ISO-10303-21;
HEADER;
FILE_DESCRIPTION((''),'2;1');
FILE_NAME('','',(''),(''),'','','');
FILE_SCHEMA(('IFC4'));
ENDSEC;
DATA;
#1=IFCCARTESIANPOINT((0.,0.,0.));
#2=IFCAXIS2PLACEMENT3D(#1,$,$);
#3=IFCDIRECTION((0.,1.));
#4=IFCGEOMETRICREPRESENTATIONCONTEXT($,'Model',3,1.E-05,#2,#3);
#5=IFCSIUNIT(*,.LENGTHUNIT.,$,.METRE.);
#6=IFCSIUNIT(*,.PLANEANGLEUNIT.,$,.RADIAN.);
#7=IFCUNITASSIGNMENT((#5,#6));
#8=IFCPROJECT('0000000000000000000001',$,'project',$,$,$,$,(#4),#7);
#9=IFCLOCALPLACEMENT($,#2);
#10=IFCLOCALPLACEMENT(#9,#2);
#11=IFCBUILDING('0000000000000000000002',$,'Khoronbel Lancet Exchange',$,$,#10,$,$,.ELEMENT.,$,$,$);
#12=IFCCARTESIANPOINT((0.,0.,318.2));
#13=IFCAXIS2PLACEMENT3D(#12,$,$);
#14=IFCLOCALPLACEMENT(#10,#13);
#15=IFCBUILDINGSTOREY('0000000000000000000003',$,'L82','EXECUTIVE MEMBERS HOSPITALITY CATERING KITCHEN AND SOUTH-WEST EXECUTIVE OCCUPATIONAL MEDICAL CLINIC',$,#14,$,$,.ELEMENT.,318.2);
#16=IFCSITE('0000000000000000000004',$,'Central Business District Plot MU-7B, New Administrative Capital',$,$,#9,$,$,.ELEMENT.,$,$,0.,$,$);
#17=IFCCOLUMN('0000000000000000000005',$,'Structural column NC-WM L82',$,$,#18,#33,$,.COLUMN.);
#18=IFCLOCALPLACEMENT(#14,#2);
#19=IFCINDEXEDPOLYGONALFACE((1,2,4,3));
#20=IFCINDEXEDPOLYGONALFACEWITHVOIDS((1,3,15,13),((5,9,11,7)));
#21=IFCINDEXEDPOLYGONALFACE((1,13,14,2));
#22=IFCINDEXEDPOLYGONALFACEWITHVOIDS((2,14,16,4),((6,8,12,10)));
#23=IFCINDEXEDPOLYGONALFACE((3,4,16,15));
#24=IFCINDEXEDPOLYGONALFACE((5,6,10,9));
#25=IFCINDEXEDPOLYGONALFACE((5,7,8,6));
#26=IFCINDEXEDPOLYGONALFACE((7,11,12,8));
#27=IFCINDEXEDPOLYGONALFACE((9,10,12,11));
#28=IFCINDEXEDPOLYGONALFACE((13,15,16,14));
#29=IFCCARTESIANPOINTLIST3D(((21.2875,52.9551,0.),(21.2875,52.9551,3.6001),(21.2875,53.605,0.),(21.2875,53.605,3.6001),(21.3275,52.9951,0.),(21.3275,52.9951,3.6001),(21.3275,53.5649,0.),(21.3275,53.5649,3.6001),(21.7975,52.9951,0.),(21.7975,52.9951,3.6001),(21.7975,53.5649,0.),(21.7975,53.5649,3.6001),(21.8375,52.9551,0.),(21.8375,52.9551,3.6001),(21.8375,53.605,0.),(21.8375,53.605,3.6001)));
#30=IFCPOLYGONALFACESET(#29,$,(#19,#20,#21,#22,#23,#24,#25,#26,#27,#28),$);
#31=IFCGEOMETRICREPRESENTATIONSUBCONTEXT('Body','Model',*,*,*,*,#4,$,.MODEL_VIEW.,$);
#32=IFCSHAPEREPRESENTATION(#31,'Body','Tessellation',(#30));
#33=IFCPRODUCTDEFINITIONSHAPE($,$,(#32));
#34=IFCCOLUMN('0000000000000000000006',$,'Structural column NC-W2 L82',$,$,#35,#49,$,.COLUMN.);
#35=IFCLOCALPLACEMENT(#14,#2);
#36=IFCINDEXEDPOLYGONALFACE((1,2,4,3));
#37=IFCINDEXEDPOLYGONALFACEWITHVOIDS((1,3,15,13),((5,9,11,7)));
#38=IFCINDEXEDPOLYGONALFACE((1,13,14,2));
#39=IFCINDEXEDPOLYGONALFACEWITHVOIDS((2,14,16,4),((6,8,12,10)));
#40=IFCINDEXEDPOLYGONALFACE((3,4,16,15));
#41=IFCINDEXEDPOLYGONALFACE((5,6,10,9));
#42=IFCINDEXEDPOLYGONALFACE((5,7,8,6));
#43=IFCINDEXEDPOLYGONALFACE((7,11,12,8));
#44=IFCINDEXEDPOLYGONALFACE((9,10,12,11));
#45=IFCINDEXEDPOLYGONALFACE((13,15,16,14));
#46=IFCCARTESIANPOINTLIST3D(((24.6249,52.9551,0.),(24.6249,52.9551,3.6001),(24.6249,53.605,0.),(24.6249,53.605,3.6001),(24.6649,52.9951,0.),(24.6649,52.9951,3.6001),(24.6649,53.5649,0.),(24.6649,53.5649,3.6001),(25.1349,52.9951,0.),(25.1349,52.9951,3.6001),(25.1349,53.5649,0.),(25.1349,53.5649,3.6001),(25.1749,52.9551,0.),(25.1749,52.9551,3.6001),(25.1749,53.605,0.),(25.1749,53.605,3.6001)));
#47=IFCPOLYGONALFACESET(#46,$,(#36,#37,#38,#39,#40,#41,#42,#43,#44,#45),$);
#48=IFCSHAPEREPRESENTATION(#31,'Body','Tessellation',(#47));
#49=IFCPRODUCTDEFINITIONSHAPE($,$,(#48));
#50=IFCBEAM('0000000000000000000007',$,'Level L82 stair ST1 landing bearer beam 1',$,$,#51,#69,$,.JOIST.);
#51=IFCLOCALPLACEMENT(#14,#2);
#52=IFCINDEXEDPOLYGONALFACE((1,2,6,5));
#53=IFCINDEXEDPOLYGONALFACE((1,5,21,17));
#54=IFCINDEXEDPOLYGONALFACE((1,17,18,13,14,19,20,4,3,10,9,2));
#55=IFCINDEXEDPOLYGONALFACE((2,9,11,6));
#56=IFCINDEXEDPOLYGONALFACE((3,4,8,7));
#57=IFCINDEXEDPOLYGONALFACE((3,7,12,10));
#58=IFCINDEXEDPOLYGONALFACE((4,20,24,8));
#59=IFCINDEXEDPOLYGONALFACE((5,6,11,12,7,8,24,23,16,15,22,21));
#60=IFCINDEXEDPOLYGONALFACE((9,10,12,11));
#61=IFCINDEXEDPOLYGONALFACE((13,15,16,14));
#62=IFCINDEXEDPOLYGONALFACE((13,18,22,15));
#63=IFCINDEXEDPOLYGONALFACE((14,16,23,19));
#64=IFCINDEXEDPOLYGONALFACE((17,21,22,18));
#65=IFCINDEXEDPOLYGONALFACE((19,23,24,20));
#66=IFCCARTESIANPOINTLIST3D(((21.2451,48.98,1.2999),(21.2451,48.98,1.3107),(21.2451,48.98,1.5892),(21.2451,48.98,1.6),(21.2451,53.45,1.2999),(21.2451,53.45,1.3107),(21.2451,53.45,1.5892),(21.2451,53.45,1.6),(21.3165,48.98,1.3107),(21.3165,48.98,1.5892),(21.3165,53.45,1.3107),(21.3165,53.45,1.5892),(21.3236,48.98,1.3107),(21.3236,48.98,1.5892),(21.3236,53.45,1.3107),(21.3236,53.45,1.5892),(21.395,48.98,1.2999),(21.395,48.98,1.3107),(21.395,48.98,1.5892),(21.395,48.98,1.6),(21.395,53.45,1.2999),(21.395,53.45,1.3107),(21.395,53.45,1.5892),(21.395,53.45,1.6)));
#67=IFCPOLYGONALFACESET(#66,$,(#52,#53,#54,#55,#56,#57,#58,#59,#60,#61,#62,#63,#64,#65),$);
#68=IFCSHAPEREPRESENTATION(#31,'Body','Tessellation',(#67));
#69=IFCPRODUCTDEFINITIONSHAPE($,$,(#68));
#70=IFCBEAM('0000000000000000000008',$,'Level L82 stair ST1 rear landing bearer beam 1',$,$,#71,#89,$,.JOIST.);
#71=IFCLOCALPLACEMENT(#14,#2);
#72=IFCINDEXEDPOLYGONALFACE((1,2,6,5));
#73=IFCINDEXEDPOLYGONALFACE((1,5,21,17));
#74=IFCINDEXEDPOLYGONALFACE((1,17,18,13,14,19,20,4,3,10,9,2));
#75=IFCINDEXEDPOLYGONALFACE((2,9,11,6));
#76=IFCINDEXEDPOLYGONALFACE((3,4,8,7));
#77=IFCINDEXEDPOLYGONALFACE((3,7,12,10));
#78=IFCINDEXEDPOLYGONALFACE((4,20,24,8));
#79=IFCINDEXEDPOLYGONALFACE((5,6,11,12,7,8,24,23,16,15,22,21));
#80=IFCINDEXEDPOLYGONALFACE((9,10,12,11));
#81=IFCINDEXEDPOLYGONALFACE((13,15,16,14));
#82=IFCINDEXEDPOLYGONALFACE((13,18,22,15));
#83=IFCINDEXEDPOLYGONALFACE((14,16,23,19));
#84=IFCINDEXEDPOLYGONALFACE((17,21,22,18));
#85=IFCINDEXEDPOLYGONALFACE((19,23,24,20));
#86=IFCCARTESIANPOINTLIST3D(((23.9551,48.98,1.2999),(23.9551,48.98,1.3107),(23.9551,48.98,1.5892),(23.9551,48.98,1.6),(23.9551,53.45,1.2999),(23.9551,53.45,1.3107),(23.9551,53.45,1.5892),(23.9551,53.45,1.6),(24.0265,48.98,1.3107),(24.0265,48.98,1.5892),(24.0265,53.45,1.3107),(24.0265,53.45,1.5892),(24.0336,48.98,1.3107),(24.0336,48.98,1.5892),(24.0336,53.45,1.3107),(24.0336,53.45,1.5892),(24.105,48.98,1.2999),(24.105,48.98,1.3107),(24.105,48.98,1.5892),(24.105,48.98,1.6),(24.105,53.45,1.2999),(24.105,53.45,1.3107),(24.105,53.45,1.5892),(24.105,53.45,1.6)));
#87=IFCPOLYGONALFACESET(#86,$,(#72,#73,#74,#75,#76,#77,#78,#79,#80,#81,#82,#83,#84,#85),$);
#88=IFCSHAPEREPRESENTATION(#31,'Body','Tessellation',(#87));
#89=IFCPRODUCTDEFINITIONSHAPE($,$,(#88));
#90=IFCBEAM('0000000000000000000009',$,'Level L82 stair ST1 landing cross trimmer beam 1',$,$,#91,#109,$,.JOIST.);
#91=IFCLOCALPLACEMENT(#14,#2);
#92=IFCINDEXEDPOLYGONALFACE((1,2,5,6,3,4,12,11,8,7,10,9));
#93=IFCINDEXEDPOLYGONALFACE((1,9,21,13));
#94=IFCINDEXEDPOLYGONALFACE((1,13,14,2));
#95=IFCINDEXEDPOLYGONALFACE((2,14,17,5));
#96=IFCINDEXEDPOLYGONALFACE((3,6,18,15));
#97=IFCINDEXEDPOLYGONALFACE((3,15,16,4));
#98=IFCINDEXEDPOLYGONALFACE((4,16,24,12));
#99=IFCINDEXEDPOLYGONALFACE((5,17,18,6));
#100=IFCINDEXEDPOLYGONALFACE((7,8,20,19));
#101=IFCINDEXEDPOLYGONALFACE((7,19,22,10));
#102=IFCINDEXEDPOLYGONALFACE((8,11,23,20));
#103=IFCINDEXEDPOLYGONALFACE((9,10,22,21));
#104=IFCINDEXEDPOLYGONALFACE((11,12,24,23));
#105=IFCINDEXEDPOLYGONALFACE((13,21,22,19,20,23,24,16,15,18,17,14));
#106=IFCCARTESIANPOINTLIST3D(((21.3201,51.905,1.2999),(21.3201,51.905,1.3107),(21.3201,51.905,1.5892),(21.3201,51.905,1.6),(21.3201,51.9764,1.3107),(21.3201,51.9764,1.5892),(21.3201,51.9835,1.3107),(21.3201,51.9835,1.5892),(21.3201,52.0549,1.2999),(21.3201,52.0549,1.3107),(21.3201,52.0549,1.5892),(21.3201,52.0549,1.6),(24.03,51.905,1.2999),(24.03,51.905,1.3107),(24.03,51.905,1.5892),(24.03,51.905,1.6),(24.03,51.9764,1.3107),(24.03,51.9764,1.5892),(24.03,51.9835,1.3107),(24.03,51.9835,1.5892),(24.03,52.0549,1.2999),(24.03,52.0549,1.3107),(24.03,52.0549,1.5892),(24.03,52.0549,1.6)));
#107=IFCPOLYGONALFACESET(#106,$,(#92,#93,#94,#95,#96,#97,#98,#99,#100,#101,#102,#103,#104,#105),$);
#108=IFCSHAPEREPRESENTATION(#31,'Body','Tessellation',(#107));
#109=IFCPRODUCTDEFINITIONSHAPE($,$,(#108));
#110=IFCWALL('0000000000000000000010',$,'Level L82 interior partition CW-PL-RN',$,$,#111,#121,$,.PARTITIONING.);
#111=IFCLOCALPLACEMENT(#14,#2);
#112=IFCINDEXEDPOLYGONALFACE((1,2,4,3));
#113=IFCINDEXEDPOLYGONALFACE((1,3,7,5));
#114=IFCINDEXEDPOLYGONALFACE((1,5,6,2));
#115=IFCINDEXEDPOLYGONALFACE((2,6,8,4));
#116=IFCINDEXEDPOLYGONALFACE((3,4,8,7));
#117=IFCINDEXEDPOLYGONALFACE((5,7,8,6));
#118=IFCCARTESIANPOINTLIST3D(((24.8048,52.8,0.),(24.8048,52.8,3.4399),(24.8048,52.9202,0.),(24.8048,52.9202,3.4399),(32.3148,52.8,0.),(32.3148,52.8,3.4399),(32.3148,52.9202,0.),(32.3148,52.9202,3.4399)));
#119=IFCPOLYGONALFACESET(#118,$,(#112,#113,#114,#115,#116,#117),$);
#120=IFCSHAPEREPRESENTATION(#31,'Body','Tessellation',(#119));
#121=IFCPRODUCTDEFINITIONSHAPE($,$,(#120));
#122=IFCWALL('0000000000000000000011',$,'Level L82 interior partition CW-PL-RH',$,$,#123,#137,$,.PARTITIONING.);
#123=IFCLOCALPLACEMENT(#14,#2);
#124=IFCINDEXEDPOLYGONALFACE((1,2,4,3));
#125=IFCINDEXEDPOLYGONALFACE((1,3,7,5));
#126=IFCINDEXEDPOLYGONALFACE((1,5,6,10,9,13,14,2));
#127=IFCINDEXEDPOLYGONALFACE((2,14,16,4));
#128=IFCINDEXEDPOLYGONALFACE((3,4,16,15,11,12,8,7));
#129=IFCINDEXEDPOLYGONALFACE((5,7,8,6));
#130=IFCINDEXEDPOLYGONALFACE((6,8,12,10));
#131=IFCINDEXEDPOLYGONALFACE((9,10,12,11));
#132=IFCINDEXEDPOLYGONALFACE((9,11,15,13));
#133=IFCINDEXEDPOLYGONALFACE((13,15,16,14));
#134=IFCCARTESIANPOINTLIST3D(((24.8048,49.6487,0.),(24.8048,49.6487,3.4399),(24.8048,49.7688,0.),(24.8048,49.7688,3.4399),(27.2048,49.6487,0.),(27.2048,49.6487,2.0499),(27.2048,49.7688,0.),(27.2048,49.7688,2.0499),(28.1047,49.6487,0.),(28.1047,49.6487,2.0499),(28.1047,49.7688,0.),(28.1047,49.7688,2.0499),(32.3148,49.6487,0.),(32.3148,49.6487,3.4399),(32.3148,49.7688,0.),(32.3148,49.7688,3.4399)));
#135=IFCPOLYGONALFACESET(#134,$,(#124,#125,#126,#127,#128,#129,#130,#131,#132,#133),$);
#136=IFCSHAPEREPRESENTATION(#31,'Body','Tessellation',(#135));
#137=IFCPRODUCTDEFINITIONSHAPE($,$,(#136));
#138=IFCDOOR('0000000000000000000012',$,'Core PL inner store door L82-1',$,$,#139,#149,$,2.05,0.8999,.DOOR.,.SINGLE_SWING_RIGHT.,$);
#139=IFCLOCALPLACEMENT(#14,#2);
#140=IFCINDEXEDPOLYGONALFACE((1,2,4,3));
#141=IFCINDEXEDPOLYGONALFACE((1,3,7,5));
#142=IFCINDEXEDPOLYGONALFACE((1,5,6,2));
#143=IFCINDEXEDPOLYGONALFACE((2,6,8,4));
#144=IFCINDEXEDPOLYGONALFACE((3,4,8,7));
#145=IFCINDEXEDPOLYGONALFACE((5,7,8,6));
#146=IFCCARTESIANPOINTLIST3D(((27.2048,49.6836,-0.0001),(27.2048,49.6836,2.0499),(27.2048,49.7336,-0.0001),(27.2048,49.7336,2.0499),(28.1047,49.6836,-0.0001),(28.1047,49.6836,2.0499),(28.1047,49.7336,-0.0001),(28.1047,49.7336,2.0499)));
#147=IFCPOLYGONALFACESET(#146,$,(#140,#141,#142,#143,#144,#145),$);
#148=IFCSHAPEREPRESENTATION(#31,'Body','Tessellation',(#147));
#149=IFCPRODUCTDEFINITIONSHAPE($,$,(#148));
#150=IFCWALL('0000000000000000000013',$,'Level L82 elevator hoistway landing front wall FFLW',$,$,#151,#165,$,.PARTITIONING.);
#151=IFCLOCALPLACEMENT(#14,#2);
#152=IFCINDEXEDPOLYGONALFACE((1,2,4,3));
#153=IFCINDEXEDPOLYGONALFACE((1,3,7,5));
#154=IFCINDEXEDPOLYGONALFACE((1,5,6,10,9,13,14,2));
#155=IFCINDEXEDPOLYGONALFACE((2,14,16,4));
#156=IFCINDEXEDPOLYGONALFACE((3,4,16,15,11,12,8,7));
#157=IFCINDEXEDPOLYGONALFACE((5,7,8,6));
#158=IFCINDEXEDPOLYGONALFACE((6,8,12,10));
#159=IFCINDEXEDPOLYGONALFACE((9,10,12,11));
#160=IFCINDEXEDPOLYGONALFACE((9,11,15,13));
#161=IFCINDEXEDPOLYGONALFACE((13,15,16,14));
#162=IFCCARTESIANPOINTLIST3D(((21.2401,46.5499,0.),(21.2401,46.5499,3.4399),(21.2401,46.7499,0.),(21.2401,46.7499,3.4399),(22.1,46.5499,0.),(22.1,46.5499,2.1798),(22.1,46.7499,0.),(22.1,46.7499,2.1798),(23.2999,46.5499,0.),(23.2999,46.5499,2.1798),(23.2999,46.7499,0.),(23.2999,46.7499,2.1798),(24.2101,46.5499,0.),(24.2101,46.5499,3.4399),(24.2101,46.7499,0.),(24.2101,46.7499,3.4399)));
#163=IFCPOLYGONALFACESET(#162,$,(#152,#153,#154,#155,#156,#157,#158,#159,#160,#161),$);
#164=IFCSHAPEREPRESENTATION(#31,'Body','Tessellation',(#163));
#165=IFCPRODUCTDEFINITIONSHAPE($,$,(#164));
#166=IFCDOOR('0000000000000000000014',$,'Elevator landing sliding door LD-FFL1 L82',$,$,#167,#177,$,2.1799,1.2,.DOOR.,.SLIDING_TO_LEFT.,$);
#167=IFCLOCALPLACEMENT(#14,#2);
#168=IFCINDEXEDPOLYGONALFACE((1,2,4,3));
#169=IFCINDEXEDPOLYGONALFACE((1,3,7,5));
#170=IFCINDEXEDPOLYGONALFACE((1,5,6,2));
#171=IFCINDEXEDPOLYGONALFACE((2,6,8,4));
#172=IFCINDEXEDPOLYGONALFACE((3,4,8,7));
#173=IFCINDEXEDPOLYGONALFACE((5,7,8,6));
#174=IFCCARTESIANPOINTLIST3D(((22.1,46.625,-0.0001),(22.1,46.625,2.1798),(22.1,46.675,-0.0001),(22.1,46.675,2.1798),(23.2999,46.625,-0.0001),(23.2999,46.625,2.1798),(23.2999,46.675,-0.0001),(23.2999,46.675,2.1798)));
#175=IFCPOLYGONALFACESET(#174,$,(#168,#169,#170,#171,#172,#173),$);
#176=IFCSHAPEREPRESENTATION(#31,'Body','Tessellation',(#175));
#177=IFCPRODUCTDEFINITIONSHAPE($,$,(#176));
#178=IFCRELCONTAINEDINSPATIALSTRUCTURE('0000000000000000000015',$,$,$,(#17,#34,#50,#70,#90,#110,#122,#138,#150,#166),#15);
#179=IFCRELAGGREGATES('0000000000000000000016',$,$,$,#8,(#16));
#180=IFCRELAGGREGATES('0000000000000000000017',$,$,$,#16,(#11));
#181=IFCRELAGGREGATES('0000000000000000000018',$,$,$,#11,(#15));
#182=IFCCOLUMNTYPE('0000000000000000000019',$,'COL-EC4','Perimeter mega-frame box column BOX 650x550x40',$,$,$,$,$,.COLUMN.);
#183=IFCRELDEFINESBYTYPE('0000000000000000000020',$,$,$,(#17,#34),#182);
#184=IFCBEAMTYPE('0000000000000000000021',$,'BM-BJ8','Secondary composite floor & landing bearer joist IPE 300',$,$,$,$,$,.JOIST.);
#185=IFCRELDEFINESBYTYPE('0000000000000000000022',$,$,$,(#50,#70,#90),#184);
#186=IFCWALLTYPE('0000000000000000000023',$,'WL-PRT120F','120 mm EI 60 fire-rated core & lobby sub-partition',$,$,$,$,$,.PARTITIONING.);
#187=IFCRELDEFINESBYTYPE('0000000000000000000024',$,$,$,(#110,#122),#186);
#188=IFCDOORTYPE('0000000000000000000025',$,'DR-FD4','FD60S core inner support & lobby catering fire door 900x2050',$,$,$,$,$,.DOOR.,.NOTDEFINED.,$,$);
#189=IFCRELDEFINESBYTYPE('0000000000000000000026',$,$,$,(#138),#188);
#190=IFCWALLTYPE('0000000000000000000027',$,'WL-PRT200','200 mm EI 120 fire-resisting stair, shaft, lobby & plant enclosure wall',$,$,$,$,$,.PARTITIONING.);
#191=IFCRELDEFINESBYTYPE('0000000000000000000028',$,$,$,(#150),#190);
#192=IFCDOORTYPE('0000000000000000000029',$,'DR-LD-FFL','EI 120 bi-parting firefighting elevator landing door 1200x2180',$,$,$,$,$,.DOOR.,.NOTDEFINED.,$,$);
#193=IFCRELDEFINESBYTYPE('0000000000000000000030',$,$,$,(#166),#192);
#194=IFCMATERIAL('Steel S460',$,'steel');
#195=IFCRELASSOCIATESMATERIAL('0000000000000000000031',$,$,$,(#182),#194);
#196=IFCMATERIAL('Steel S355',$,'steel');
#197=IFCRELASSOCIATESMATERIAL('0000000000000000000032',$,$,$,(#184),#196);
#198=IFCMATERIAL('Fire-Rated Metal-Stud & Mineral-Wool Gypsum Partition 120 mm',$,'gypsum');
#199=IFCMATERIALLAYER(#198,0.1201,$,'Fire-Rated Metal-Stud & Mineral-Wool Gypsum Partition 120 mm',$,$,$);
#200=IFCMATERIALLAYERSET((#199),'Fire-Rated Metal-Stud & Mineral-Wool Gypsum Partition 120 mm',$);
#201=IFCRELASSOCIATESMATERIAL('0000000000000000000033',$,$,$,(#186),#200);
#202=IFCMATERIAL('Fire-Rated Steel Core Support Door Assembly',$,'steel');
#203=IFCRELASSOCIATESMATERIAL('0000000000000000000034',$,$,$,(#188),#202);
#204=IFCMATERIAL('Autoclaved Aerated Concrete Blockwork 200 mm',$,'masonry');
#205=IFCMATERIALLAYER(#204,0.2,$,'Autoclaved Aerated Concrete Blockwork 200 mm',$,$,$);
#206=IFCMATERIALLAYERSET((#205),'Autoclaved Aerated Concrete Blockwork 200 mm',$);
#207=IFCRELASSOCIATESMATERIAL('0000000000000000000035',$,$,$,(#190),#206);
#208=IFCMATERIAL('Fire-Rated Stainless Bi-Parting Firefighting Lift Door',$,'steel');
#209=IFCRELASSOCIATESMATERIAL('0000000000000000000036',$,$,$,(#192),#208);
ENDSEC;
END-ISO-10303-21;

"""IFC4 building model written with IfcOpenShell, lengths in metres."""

from ifc_helpers import new_model, si_unit, direction, frame, frame_2d, origin, origin_2d, place, context, subcontext, project, spatial, rectangle, hollow_rectangle, i_section, extrude, material, layer, layer_set, material_profile, profile_set, type_object, element, fill, save


model = new_model("IFC4")

# Units and contexts
model_context = context("Model", 3, precision=1e-05, world=origin(), true_north=direction((0.0, 1.0)))
body_context = subcontext(model_context, "Body", "Model", "MODEL_VIEW")
ifc_project = project(units=[si_unit("LENGTHUNIT", "METRE"), si_unit("PLANEANGLEUNIT", "RADIAN")], contexts=[model_context])

# Site, building, storey
site_placement = place(None, origin())
site = spatial("IfcSite", under=ifc_project, at=site_placement, Name="Central Business District Plot MU-7B, New Administrative Capital", CompositionType="ELEMENT", RefElevation=0.0)
building_placement = place(site_placement, origin())
building = spatial("IfcBuilding", under=site, at=building_placement, Name="Khoronbel Lancet Exchange", CompositionType="ELEMENT")
storey_placement = place(building_placement, frame((0.0, 0.0, 318.2)))
storey = spatial("IfcBuildingStorey", under=building, at=storey_placement, Name="L82", Description="EXECUTIVE MEMBERS HOSPITALITY CATERING KITCHEN AND SOUTH-WEST EXECUTIVE OCCUPATIONAL MEDICAL CLINIC", CompositionType="ELEMENT", Elevation=318.2)

# Columns
ifc_material_1 = material(Name="Steel S460", Category="steel")
ifc_material_profile_1 = material_profile(ifc_material_1, hollow_rectangle(XDim=0.55, YDim=0.6499, WallThickness=0.04, at=origin_2d()), Name="BOX 650x550x40")
ifc_profile_set_1 = profile_set([ifc_material_profile_1], Name="Steel S460")
column_type = type_object("IfcColumnType", Name="COL-EC4", Description="Perimeter mega-frame box column BOX 650x550x40", PredefinedType="COLUMN", material=ifc_profile_set_1)
for number, where, z_axis, x_axis, name in (
    (1, (21.5625, 53.28, 0.0), (0.0, 0.0, 1.0), (1.0, 0.0, 0.0), "Structural column NC-WM L82"),
    (2, (24.8999, 53.28, 0.0), (0.0, 0.0, 1.0), (1.0, 0.0, 0.0), "Structural column NC-W2 L82"),
):
    element("IfcColumn", number, at=place(storey_placement, frame(where, z_axis=z_axis, x_axis=x_axis)), inside=storey, type_object=column_type, Name=name, PredefinedType="COLUMN", context=body_context, shape_type="SweptSolid", body=[
        extrude(hollow_rectangle(XDim=0.55, YDim=0.6499, WallThickness=0.04, at=origin_2d()), origin(), (0.0, 0.0, 1.0), 3.6001),
    ])

# Beams
ifc_material_2 = material(Name="Steel S355", Category="steel")
ifc_material_profile_2 = material_profile(ifc_material_2, i_section(OverallWidth=0.1499, OverallDepth=0.3, WebThickness=0.0071, FlangeThickness=0.0107, at=origin_2d()), Name="IPE 300")
ifc_profile_set_2 = profile_set([ifc_material_profile_2], Name="Steel S355")
beam_type = type_object("IfcBeamType", Name="BM-BJ8", Description="Secondary composite floor & landing bearer joist IPE 300", PredefinedType="JOIST", material=ifc_profile_set_2)
for number, where, z_axis, x_axis, name in (
    (3, (21.3201, 48.98, 1.45), (0.0, 1.0, 0.0), (-1.0, 0.0, 0.0), "Level L82 stair ST1 landing bearer beam 1"),
    (4, (24.03, 48.98, 1.45), (0.0, 1.0, 0.0), (-1.0, 0.0, 0.0), "Level L82 stair ST1 rear landing bearer beam 1"),
):
    element("IfcBeam", number, at=place(storey_placement, frame(where, z_axis=z_axis, x_axis=x_axis)), inside=storey, type_object=beam_type, Name=name, PredefinedType="JOIST", context=body_context, shape_type="SweptSolid", body=[
        extrude(i_section(OverallWidth=0.1499, OverallDepth=0.3, WebThickness=0.0071, FlangeThickness=0.0107, at=origin_2d()), origin(), (0.0, 0.0, 1.0), 4.47),
    ])
beam_placement = place(storey_placement, frame((21.3201, 51.98, 1.45), z_axis=(1.0, 0.0, 0.0), x_axis=(0.0, 1.0, 0.0)))
element("IfcBeam", 5, at=beam_placement, inside=storey, type_object=beam_type, Name="Level L82 stair ST1 landing cross trimmer beam 1", PredefinedType="JOIST", context=body_context, shape_type="SweptSolid", body=[
    extrude(i_section(OverallWidth=0.1499, OverallDepth=0.3, WebThickness=0.0071, FlangeThickness=0.0107, at=origin_2d()), origin(), (0.0, 0.0, 1.0), 2.71),
])

# Wall
ifc_material_3 = material(Name="Fire-Rated Metal-Stud & Mineral-Wool Gypsum Partition 120 mm", Category="gypsum")
ifc_layer_1 = layer(ifc_material_3, 0.1201, Name="Fire-Rated Metal-Stud & Mineral-Wool Gypsum Partition 120 mm")
ifc_layer_set_1 = layer_set([ifc_layer_1], Name="Fire-Rated Metal-Stud & Mineral-Wool Gypsum Partition 120 mm")
wall_type_1 = type_object("IfcWallType", Name="WL-PRT120F", Description="120 mm EI 60 fire-rated core & lobby sub-partition", PredefinedType="PARTITIONING", material=ifc_layer_set_1)
wall_1_placement = place(storey_placement, frame((24.8049, 52.8601, 0.0), z_axis=(0.0, 0.0, 1.0), x_axis=(1.0, 0.0, 0.0)))
element("IfcWall", 6, at=wall_1_placement, inside=storey, type_object=wall_type_1, Name="Level L82 interior partition CW-PL-RN", PredefinedType="PARTITIONING", context=body_context, shape_type="SweptSolid", body=[
    extrude(rectangle(XDim=7.51, YDim=0.1201, at=frame_2d((3.7549, 0.0))), origin(), (0.0, 0.0, 1.0), 3.4399),
])

# Walls, openings, doors
wall_2_placement = place(storey_placement, frame((24.8049, 49.7087, 0.0), z_axis=(0.0, 0.0, 1.0), x_axis=(1.0, 0.0, 0.0)))
wall_2 = element("IfcWall", 7, at=wall_2_placement, inside=storey, type_object=wall_type_1, Name="Level L82 interior partition CW-PL-RH", PredefinedType="PARTITIONING", context=body_context, shape_type="SweptSolid", body=[
    extrude(rectangle(XDim=7.51, YDim=0.1201, at=frame_2d((3.7549, 0.0))), origin(), (0.0, 0.0, 1.0), 3.4399),
])
opening_1_placement = place(wall_2_placement, frame((2.3999, 0.0, 0.0)))
opening_1 = element("IfcOpeningElement", 8, at=opening_1_placement, cuts=wall_2, PredefinedType="OPENING", context=body_context, shape_type="SweptSolid", body=[
    extrude(rectangle(XDim=0.8999, YDim=2.05, at=frame_2d((0.45, 1.0249))), frame((0.0, 0.0701, 0.0), z_axis=(0.0, -1.0, 0.0), x_axis=(1.0, 0.0, 0.0)), (0.0, 0.0, 1.0), 0.1401),
])
ifc_material_4 = material(Name="Fire-Rated Steel Core Support Door Assembly", Category="steel")
door_type_1 = type_object("IfcDoorType", Name="DR-FD4", Description="FD60S core inner support & lobby catering fire door 900x2050", OperationType="NOTDEFINED", PredefinedType="DOOR", material=ifc_material_4)
door_1_placement = place(opening_1_placement, origin())
door_1 = element("IfcDoor", 9, at=door_1_placement, inside=storey, type_object=door_type_1, Name="Core PL inner store door L82-1", OperationType="SINGLE_SWING_RIGHT", OverallHeight=2.05, OverallWidth=0.8999, PredefinedType="DOOR", context=body_context, shape_type="SweptSolid", body=[
    extrude(rectangle(XDim=0.8999, YDim=2.05, at=frame_2d((0.45, 1.0249))), frame((0.0, 0.0249, 0.0), z_axis=(0.0, -1.0, 0.0), x_axis=(1.0, 0.0, 0.0)), (0.0, 0.0, 1.0), 0.05),
])
fill(opening_1, door_1)
ifc_material_5 = material(Name="Autoclaved Aerated Concrete Blockwork 200 mm", Category="masonry")
ifc_layer_2 = layer(ifc_material_5, 0.2, Name="Autoclaved Aerated Concrete Blockwork 200 mm")
ifc_layer_set_2 = layer_set([ifc_layer_2], Name="Autoclaved Aerated Concrete Blockwork 200 mm")
wall_type_2 = type_object("IfcWallType", Name="WL-PRT200", Description="200 mm EI 120 fire-resisting stair, shaft, lobby & plant enclosure wall", PredefinedType="PARTITIONING", material=ifc_layer_set_2)
wall_3_placement = place(storey_placement, frame((24.21, 46.6499, 0.0), z_axis=(0.0, 0.0, 1.0), x_axis=(-1.0, 0.0, 0.0)))
wall_3 = element("IfcWall", 10, at=wall_3_placement, inside=storey, type_object=wall_type_2, Name="Level L82 elevator hoistway landing front wall FFLW", PredefinedType="PARTITIONING", context=body_context, shape_type="SweptSolid", body=[
    extrude(rectangle(XDim=2.97, YDim=0.2, at=frame_2d((1.4849, 0.0))), origin(), (0.0, 0.0, 1.0), 3.4399),
])
opening_2_placement = place(wall_3_placement, frame((0.9099, 0.0, 0.0)))
opening_2 = element("IfcOpeningElement", 11, at=opening_2_placement, cuts=wall_3, PredefinedType="OPENING", context=body_context, shape_type="SweptSolid", body=[
    extrude(rectangle(XDim=1.2, YDim=2.1799, at=frame_2d((0.6001, 1.0898))), frame((0.0, 0.1099, 0.0), z_axis=(0.0, -1.0, 0.0), x_axis=(1.0, 0.0, 0.0)), (0.0, 0.0, 1.0), 0.22),
])
ifc_material_6 = material(Name="Fire-Rated Stainless Bi-Parting Firefighting Lift Door", Category="steel")
door_type_2 = type_object("IfcDoorType", Name="DR-LD-FFL", Description="EI 120 bi-parting firefighting elevator landing door 1200x2180", OperationType="NOTDEFINED", PredefinedType="DOOR", material=ifc_material_6)
door_2_placement = place(opening_2_placement, origin())
door_2 = element("IfcDoor", 12, at=door_2_placement, inside=storey, type_object=door_type_2, Name="Elevator landing sliding door LD-FFL1 L82", OperationType="SLIDING_TO_LEFT", OverallHeight=2.1799, OverallWidth=1.2, PredefinedType="DOOR", context=body_context, shape_type="SweptSolid", body=[
    extrude(rectangle(XDim=1.2, YDim=2.1799, at=frame_2d((0.6001, 1.0898))), frame((0.0, 0.0249, 0.0), z_axis=(0.0, -1.0, 0.0), x_axis=(1.0, 0.0, 0.0)), (0.0, 0.0, 1.0), 0.05),
])
fill(opening_2, door_2)

save(model, "model.ifc")
